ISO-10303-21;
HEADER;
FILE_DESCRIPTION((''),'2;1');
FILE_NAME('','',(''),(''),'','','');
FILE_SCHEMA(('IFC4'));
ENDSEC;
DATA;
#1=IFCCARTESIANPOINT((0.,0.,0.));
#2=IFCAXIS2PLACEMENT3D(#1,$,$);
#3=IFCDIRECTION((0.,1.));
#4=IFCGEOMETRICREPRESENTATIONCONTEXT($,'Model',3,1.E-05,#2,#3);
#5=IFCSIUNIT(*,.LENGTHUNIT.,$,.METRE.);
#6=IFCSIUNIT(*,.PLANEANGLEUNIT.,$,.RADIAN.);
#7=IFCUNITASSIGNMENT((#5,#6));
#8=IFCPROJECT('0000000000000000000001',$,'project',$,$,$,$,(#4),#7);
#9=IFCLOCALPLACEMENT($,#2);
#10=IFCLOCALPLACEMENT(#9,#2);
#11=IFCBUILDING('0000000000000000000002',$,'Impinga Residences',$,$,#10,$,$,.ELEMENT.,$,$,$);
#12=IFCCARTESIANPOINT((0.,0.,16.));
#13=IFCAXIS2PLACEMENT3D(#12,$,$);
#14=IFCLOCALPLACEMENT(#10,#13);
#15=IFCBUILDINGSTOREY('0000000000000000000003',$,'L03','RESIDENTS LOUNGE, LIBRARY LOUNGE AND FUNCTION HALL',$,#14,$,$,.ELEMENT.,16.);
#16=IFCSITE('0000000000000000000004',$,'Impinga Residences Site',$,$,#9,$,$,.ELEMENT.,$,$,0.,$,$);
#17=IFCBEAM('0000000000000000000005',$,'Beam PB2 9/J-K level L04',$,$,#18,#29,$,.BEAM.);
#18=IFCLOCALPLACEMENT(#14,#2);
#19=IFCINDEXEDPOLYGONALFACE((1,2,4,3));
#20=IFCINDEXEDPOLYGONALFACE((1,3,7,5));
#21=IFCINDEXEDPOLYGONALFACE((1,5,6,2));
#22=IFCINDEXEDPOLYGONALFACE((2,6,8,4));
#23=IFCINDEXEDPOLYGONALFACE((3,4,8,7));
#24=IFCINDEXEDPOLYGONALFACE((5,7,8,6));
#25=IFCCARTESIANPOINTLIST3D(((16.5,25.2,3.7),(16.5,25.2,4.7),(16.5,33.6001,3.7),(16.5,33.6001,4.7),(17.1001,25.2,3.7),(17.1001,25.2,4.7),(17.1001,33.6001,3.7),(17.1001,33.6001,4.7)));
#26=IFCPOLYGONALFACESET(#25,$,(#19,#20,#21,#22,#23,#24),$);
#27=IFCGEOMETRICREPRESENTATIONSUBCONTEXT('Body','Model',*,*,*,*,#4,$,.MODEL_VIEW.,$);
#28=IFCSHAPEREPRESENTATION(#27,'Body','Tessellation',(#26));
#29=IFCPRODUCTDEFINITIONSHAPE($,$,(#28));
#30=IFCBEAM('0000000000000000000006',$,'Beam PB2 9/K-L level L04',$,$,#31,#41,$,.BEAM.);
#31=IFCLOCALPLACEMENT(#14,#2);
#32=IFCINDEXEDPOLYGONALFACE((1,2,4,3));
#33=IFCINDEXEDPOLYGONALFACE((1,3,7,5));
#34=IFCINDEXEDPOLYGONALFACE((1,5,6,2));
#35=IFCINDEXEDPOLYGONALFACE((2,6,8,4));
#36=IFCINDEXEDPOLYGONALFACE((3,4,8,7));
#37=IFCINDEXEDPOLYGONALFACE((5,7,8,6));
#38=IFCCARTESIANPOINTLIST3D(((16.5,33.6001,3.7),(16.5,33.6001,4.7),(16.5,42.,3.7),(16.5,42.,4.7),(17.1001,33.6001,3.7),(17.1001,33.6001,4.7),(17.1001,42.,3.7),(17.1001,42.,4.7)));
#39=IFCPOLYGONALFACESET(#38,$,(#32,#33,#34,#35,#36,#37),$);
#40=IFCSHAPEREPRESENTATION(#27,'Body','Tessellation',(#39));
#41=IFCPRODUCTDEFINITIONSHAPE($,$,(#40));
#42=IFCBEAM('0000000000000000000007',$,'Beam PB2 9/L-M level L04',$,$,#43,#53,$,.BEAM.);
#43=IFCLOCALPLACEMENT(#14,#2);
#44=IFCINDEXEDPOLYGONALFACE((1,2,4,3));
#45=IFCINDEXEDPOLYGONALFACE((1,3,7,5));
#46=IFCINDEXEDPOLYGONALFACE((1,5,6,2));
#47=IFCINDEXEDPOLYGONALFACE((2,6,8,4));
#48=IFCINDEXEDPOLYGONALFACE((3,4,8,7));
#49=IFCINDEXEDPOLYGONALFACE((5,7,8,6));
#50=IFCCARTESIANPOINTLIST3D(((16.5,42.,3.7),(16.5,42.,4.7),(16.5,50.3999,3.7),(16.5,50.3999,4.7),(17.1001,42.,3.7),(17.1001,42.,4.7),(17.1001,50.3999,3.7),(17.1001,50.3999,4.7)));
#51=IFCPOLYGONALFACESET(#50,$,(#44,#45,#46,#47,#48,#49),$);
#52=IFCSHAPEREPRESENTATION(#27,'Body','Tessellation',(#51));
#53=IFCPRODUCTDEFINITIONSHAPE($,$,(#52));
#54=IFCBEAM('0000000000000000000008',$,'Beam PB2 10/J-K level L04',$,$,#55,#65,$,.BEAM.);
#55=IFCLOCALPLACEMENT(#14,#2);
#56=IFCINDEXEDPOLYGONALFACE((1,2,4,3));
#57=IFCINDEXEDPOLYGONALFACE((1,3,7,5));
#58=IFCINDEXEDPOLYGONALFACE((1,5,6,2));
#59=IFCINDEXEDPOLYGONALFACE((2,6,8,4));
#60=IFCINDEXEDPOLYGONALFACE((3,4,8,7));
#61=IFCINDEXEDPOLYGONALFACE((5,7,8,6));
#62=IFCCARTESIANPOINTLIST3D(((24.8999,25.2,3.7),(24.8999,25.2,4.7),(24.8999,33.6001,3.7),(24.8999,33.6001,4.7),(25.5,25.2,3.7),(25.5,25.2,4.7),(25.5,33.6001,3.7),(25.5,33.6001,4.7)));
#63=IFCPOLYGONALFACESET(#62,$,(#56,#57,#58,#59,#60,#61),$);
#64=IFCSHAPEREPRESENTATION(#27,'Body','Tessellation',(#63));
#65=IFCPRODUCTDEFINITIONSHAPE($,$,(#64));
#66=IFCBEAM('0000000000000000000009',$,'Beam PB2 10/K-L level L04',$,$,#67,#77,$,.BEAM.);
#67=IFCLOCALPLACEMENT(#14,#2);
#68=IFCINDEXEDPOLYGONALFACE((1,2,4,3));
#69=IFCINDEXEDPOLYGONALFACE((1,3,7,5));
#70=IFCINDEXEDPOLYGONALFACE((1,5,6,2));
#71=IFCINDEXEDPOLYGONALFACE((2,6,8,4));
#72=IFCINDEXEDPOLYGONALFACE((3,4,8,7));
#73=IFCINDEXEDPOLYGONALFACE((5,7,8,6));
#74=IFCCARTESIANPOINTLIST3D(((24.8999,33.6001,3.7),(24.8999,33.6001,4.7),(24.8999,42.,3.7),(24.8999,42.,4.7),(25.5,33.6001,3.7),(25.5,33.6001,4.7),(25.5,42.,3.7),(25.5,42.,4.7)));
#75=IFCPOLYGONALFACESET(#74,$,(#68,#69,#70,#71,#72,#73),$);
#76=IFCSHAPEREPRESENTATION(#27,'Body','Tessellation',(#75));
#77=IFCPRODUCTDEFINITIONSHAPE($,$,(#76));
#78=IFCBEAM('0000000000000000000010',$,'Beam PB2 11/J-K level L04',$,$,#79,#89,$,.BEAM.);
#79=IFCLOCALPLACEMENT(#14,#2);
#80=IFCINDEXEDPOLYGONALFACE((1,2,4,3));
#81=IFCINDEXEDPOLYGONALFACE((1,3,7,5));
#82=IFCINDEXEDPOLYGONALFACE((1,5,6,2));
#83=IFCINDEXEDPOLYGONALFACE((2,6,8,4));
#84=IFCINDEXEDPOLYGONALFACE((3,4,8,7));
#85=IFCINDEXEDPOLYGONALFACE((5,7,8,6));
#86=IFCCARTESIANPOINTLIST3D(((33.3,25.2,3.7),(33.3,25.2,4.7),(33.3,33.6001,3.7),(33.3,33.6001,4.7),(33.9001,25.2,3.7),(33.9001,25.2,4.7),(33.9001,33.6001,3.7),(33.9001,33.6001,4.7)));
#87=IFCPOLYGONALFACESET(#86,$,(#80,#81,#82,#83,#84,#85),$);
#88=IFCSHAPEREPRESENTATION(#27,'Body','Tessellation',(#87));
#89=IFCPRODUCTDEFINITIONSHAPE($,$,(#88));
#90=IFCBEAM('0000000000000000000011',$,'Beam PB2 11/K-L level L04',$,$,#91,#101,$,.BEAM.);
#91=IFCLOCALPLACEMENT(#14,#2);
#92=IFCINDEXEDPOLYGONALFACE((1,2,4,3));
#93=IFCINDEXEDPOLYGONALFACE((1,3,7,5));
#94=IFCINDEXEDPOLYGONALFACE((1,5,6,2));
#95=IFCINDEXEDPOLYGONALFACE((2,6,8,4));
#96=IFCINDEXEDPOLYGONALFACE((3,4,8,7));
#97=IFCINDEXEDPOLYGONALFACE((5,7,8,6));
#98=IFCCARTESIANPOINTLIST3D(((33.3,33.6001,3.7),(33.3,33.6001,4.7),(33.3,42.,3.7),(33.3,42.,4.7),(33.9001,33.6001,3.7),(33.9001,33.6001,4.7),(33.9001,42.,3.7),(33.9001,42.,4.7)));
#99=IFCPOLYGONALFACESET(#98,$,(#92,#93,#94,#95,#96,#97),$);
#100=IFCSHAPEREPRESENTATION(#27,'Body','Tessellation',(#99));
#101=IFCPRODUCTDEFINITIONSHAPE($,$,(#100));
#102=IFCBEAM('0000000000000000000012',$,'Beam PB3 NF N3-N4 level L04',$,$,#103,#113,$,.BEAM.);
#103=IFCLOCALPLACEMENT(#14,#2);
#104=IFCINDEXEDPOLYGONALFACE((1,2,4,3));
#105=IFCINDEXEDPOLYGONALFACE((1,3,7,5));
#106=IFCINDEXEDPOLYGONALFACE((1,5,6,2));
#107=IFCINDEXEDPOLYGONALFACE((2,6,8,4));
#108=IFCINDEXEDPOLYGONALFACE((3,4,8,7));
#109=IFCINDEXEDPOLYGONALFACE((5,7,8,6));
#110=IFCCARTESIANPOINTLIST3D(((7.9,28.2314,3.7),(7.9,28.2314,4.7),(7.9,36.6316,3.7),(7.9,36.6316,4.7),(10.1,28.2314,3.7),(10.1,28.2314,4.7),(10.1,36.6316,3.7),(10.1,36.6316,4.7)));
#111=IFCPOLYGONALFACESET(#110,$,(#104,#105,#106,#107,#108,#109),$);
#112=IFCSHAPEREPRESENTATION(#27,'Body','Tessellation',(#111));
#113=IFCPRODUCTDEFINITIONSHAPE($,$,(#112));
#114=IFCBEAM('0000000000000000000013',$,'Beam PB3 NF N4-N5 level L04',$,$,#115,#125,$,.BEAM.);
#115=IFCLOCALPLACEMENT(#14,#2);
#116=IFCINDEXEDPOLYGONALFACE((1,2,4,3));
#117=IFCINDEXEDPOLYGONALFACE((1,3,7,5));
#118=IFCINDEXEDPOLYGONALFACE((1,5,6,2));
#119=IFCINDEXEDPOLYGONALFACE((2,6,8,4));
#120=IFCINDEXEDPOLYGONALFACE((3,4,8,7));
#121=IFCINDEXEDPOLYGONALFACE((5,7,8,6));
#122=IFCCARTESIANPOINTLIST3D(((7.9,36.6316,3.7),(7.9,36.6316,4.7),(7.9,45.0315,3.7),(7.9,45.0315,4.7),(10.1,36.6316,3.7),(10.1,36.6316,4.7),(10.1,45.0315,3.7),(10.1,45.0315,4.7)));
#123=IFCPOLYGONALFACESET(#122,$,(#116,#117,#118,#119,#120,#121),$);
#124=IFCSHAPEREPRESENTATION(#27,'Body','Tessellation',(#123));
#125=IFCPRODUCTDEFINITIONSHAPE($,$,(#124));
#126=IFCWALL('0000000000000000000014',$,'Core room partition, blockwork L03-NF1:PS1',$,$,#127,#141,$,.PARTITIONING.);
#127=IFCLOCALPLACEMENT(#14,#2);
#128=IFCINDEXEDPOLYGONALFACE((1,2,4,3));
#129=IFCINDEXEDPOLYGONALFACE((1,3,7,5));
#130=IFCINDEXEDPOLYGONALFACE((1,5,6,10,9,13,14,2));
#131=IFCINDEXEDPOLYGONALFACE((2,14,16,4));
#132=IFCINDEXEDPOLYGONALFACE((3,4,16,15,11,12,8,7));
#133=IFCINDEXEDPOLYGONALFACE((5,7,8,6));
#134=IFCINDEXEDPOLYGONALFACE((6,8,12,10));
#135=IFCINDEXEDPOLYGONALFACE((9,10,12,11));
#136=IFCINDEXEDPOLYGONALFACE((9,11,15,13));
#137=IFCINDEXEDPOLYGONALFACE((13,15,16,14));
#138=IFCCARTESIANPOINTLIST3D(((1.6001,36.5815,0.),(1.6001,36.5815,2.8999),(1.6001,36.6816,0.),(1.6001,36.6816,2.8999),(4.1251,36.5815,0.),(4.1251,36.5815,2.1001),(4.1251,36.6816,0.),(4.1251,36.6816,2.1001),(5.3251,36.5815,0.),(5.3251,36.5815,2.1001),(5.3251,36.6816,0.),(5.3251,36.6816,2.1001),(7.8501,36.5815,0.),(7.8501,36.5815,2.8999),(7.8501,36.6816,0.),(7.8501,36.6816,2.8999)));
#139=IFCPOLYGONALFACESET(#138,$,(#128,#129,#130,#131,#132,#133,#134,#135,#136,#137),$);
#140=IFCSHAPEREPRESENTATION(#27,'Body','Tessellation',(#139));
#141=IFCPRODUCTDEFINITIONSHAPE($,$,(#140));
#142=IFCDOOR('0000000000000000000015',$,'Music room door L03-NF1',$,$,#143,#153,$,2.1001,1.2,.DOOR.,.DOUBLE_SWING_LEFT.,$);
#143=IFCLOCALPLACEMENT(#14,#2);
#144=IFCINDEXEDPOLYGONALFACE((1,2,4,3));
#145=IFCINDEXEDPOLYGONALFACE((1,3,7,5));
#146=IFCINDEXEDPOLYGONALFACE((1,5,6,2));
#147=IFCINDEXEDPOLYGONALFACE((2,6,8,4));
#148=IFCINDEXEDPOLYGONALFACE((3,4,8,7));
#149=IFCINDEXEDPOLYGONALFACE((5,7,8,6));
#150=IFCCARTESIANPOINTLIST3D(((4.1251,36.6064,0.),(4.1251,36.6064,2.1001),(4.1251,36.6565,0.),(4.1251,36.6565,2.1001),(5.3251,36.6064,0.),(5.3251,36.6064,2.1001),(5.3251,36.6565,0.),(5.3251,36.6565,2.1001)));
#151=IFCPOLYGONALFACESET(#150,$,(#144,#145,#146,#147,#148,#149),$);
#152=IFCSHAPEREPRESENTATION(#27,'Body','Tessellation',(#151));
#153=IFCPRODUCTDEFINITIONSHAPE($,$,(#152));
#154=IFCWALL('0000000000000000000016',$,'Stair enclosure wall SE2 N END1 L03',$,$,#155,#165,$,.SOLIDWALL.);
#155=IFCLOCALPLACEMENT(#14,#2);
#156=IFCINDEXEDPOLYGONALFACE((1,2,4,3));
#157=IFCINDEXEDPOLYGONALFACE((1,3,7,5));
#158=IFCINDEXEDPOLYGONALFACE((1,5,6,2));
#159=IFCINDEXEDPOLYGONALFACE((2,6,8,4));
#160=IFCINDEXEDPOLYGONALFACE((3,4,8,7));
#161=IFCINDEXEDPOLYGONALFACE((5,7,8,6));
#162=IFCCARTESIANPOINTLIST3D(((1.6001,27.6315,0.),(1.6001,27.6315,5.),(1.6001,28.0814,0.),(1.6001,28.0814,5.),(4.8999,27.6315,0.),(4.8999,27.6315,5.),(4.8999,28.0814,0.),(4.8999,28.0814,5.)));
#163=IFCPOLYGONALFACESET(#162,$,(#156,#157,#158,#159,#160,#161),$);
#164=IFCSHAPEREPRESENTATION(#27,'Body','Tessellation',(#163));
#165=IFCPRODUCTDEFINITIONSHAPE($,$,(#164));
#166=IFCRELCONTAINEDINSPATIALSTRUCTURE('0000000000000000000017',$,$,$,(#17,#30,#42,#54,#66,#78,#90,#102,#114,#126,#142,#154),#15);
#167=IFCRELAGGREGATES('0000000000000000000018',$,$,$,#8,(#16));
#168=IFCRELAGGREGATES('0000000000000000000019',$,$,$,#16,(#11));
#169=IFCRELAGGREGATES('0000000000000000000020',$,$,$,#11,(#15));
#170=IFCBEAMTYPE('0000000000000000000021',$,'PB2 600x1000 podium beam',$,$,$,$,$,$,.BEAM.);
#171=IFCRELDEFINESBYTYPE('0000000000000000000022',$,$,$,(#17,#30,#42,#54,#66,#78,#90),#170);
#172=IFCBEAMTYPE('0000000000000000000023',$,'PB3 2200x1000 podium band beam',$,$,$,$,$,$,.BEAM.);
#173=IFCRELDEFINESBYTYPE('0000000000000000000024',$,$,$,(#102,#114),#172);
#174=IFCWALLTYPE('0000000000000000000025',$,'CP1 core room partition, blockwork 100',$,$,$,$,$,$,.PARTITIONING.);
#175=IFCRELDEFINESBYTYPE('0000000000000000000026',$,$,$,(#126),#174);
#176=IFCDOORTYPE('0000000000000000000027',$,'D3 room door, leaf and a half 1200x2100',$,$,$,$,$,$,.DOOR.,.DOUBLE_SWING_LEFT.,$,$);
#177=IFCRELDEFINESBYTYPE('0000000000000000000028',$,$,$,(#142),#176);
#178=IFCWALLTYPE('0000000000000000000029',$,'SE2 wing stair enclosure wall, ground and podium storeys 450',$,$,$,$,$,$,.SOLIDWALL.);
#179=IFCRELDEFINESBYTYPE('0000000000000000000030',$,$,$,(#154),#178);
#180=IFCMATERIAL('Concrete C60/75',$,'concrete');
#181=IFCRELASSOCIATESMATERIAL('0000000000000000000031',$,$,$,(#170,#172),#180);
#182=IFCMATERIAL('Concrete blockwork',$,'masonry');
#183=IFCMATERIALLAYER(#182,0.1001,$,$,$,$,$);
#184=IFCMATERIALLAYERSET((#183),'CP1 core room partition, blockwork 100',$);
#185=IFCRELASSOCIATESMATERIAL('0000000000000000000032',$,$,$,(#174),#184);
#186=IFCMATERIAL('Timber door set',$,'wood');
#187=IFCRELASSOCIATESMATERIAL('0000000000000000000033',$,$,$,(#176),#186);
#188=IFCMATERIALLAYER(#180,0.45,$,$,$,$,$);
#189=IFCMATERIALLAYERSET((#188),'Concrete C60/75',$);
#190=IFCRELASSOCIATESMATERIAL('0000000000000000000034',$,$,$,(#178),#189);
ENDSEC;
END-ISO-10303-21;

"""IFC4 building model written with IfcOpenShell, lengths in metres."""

from ifc_helpers import new_model, si_unit, direction, frame, frame_2d, origin, origin_2d, place, context, subcontext, project, spatial, rectangle, extrude, material, layer, layer_set, material_profile, profile_set, type_object, element, fill, save


model = new_model("IFC4")

# Units and contexts
model_context = context("Model", 3, precision=1e-05, world=origin(), true_north=direction((0.0, 1.0)))
body_context = subcontext(model_context, "Body", "Model", "MODEL_VIEW")
ifc_project = project(units=[si_unit("LENGTHUNIT", "METRE"), si_unit("PLANEANGLEUNIT", "RADIAN")], contexts=[model_context])

# Site, building, storey
site_placement = place(None, origin())
site = spatial("IfcSite", under=ifc_project, at=site_placement, Name="Impinga Residences Site", CompositionType="ELEMENT", RefElevation=0.0)
building_placement = place(site_placement, origin())
building = spatial("IfcBuilding", under=site, at=building_placement, Name="Impinga Residences", CompositionType="ELEMENT")
storey_placement = place(building_placement, frame((0.0, 0.0, 16.0)))
storey = spatial("IfcBuildingStorey", under=building, at=storey_placement, Name="L03", Description="RESIDENTS LOUNGE, LIBRARY LOUNGE AND FUNCTION HALL", CompositionType="ELEMENT", Elevation=16.0)

# Beams
ifc_material_1 = material(Name="Concrete C60/75", Category="concrete")
ifc_material_profile_1 = material_profile(ifc_material_1, rectangle(XDim=0.6001, YDim=1.0, at=origin_2d()), Name="RC 600x1000")
ifc_profile_set_1 = profile_set([ifc_material_profile_1], Name="Concrete C60/75")
beam_type_1 = type_object("IfcBeamType", Name="PB2 600x1000 podium beam", PredefinedType="BEAM", material=ifc_profile_set_1)
beam_1_placement = place(storey_placement, frame((16.8, 25.2, 4.2), z_axis=(0.0, 1.0, 0.0), x_axis=(-1.0, 0.0, 0.0)))
element("IfcBeam", 1, at=beam_1_placement, inside=storey, type_object=beam_type_1, Name="Beam PB2 9/J-K level L04", PredefinedType="BEAM", context=body_context, shape_type="SweptSolid", body=[
    extrude(rectangle(XDim=0.6001, YDim=1.0, at=origin_2d()), origin(), (0.0, 0.0, 1.0), 8.4001),
])
for number, where, z_axis, x_axis, name in (
    (2, (16.8, 33.6001, 4.2), (0.0, 1.0, 0.0), (-1.0, 0.0, 0.0), "Beam PB2 9/K-L level L04"),
    (3, (16.8, 42.0, 4.2), (0.0, 1.0, 0.0), (-1.0, 0.0, 0.0), "Beam PB2 9/L-M level L04"),
):
    element("IfcBeam", number, at=place(storey_placement, frame(where, z_axis=z_axis, x_axis=x_axis)), inside=storey, type_object=beam_type_1, Name=name, PredefinedType="BEAM", context=body_context, shape_type="SweptSolid", body=[
        extrude(rectangle(XDim=0.6001, YDim=1.0, at=origin_2d()), origin(), (0.0, 0.0, 1.0), 8.3999),
    ])
beam_2_placement = place(storey_placement, frame((25.2, 25.2, 4.2), z_axis=(0.0, 1.0, 0.0), x_axis=(-1.0, 0.0, 0.0)))
element("IfcBeam", 4, at=beam_2_placement, inside=storey, type_object=beam_type_1, Name="Beam PB2 10/J-K level L04", PredefinedType="BEAM", context=body_context, shape_type="SweptSolid", body=[
    extrude(rectangle(XDim=0.6001, YDim=1.0, at=origin_2d()), origin(), (0.0, 0.0, 1.0), 8.4001),
])
beam_3_placement = place(storey_placement, frame((25.2, 33.6001, 4.2), z_axis=(0.0, 1.0, 0.0), x_axis=(-1.0, 0.0, 0.0)))
element("IfcBeam", 5, at=beam_3_placement, inside=storey, type_object=beam_type_1, Name="Beam PB2 10/K-L level L04", PredefinedType="BEAM", context=body_context, shape_type="SweptSolid", body=[
    extrude(rectangle(XDim=0.6001, YDim=1.0, at=origin_2d()), origin(), (0.0, 0.0, 1.0), 8.3999),
])
beam_4_placement = place(storey_placement, frame((33.6001, 25.2, 4.2), z_axis=(0.0, 1.0, 0.0), x_axis=(-1.0, 0.0, 0.0)))
element("IfcBeam", 6, at=beam_4_placement, inside=storey, type_object=beam_type_1, Name="Beam PB2 11/J-K level L04", PredefinedType="BEAM", context=body_context, shape_type="SweptSolid", body=[
    extrude(rectangle(XDim=0.6001, YDim=1.0, at=origin_2d()), origin(), (0.0, 0.0, 1.0), 8.4001),
])
beam_5_placement = place(storey_placement, frame((33.6001, 33.6001, 4.2), z_axis=(0.0, 1.0, 0.0), x_axis=(-1.0, 0.0, 0.0)))
element("IfcBeam", 7, at=beam_5_placement, inside=storey, type_object=beam_type_1, Name="Beam PB2 11/K-L level L04", PredefinedType="BEAM", context=body_context, shape_type="SweptSolid", body=[
    extrude(rectangle(XDim=0.6001, YDim=1.0, at=origin_2d()), origin(), (0.0, 0.0, 1.0), 8.3999),
])
ifc_material_profile_2 = material_profile(ifc_material_1, rectangle(XDim=2.2, YDim=1.0, at=origin_2d()), Name="RC 2200x1000")
ifc_profile_set_2 = profile_set([ifc_material_profile_2], Name="Concrete C60/75")
beam_type_2 = type_object("IfcBeamType", Name="PB3 2200x1000 podium band beam", PredefinedType="BEAM", material=ifc_profile_set_2)
beam_6_placement = place(storey_placement, frame((9.0, 28.2314, 4.2), z_axis=(0.0, 1.0, 0.0), x_axis=(-1.0, 0.0, 0.0)))
element("IfcBeam", 8, at=beam_6_placement, inside=storey, type_object=beam_type_2, Name="Beam PB3 NF N3-N4 level L04", PredefinedType="BEAM", context=body_context, shape_type="SweptSolid", body=[
    extrude(rectangle(XDim=2.2, YDim=1.0, at=origin_2d()), origin(), (0.0, 0.0, 1.0), 8.4001),
])
beam_7_placement = place(storey_placement, frame((9.0, 36.6316, 4.2), z_axis=(0.0, 1.0, 0.0), x_axis=(-1.0, 0.0, 0.0)))
element("IfcBeam", 9, at=beam_7_placement, inside=storey, type_object=beam_type_2, Name="Beam PB3 NF N4-N5 level L04", PredefinedType="BEAM", context=body_context, shape_type="SweptSolid", body=[
    extrude(rectangle(XDim=2.2, YDim=1.0, at=origin_2d()), origin(), (0.0, 0.0, 1.0), 8.3999),
])

# Wall, opening, door
ifc_material_2 = material(Name="Concrete blockwork", Category="masonry")
ifc_layer_1 = layer(ifc_material_2, 0.1001)
ifc_layer_set_1 = layer_set([ifc_layer_1], Name="CP1 core room partition, blockwork 100")
wall_type_1 = type_object("IfcWallType", Name="CP1 core room partition, blockwork 100", PredefinedType="PARTITIONING", material=ifc_layer_set_1)
wall_1_placement = place(storey_placement, frame((1.6001, 36.6316, 0.0), z_axis=(0.0, 0.0, 1.0), x_axis=(1.0, 0.0, 0.0)))
wall_1 = element("IfcWall", 10, at=wall_1_placement, inside=storey, type_object=wall_type_1, Name="Core room partition, blockwork L03-NF1:PS1", PredefinedType="PARTITIONING", context=body_context, shape_type="SweptSolid", body=[
    extrude(rectangle(XDim=6.25, YDim=0.1001, at=frame_2d((3.125, 0.0))), origin(), (0.0, 0.0, 1.0), 2.8999),
])
opening_placement = place(wall_1_placement, frame((2.5249, 0.0, 0.0)))
opening = element("IfcOpeningElement", 11, at=opening_placement, cuts=wall_1, PredefinedType="OPENING", context=body_context, shape_type="SweptSolid", body=[
    extrude(rectangle(XDim=1.2, YDim=2.1001, at=frame_2d((0.6001, 1.05))), frame((0.0, 0.0601, 0.0), z_axis=(0.0, -1.0, 0.0), x_axis=(1.0, 0.0, 0.0)), (0.0, 0.0, 1.0), 0.1201),
])
ifc_material_3 = material(Name="Timber door set", Category="wood")
door_type = type_object("IfcDoorType", Name="D3 room door, leaf and a half 1200x2100", OperationType="DOUBLE_SWING_LEFT", PredefinedType="DOOR", material=ifc_material_3)
door_placement = place(opening_placement, origin())
door = element("IfcDoor", 12, at=door_placement, inside=storey, type_object=door_type, Name="Music room door L03-NF1", OperationType="DOUBLE_SWING_LEFT", OverallHeight=2.1001, OverallWidth=1.2, PredefinedType="DOOR", context=body_context, shape_type="SweptSolid", body=[
    extrude(rectangle(XDim=1.2, YDim=2.1001, at=frame_2d((0.6001, 1.05))), frame((0.0, 0.0249, 0.0), z_axis=(0.0, -1.0, 0.0), x_axis=(1.0, 0.0, 0.0)), (0.0, 0.0, 1.0), 0.05),
])
fill(opening, door)

# Wall
ifc_layer_2 = layer(ifc_material_1, 0.45)
ifc_layer_set_2 = layer_set([ifc_layer_2], Name="Concrete C60/75")
wall_type_2 = type_object("IfcWallType", Name="SE2 wing stair enclosure wall, ground and podium storeys 450", PredefinedType="SOLIDWALL", material=ifc_layer_set_2)
wall_2_placement = place(storey_placement, frame((1.6001, 27.8564, 0.0), z_axis=(0.0, 0.0, 1.0), x_axis=(1.0, 0.0, 0.0)))
element("IfcWall", 13, at=wall_2_placement, inside=storey, type_object=wall_type_2, Name="Stair enclosure wall SE2 N END1 L03", PredefinedType="SOLIDWALL", context=body_context, shape_type="SweptSolid", body=[
    extrude(rectangle(XDim=3.2998, YDim=0.45, at=frame_2d((1.6499, 0.0))), origin(), (0.0, 0.0, 1.0), 5.0),
])

save(model, "model.ifc")
